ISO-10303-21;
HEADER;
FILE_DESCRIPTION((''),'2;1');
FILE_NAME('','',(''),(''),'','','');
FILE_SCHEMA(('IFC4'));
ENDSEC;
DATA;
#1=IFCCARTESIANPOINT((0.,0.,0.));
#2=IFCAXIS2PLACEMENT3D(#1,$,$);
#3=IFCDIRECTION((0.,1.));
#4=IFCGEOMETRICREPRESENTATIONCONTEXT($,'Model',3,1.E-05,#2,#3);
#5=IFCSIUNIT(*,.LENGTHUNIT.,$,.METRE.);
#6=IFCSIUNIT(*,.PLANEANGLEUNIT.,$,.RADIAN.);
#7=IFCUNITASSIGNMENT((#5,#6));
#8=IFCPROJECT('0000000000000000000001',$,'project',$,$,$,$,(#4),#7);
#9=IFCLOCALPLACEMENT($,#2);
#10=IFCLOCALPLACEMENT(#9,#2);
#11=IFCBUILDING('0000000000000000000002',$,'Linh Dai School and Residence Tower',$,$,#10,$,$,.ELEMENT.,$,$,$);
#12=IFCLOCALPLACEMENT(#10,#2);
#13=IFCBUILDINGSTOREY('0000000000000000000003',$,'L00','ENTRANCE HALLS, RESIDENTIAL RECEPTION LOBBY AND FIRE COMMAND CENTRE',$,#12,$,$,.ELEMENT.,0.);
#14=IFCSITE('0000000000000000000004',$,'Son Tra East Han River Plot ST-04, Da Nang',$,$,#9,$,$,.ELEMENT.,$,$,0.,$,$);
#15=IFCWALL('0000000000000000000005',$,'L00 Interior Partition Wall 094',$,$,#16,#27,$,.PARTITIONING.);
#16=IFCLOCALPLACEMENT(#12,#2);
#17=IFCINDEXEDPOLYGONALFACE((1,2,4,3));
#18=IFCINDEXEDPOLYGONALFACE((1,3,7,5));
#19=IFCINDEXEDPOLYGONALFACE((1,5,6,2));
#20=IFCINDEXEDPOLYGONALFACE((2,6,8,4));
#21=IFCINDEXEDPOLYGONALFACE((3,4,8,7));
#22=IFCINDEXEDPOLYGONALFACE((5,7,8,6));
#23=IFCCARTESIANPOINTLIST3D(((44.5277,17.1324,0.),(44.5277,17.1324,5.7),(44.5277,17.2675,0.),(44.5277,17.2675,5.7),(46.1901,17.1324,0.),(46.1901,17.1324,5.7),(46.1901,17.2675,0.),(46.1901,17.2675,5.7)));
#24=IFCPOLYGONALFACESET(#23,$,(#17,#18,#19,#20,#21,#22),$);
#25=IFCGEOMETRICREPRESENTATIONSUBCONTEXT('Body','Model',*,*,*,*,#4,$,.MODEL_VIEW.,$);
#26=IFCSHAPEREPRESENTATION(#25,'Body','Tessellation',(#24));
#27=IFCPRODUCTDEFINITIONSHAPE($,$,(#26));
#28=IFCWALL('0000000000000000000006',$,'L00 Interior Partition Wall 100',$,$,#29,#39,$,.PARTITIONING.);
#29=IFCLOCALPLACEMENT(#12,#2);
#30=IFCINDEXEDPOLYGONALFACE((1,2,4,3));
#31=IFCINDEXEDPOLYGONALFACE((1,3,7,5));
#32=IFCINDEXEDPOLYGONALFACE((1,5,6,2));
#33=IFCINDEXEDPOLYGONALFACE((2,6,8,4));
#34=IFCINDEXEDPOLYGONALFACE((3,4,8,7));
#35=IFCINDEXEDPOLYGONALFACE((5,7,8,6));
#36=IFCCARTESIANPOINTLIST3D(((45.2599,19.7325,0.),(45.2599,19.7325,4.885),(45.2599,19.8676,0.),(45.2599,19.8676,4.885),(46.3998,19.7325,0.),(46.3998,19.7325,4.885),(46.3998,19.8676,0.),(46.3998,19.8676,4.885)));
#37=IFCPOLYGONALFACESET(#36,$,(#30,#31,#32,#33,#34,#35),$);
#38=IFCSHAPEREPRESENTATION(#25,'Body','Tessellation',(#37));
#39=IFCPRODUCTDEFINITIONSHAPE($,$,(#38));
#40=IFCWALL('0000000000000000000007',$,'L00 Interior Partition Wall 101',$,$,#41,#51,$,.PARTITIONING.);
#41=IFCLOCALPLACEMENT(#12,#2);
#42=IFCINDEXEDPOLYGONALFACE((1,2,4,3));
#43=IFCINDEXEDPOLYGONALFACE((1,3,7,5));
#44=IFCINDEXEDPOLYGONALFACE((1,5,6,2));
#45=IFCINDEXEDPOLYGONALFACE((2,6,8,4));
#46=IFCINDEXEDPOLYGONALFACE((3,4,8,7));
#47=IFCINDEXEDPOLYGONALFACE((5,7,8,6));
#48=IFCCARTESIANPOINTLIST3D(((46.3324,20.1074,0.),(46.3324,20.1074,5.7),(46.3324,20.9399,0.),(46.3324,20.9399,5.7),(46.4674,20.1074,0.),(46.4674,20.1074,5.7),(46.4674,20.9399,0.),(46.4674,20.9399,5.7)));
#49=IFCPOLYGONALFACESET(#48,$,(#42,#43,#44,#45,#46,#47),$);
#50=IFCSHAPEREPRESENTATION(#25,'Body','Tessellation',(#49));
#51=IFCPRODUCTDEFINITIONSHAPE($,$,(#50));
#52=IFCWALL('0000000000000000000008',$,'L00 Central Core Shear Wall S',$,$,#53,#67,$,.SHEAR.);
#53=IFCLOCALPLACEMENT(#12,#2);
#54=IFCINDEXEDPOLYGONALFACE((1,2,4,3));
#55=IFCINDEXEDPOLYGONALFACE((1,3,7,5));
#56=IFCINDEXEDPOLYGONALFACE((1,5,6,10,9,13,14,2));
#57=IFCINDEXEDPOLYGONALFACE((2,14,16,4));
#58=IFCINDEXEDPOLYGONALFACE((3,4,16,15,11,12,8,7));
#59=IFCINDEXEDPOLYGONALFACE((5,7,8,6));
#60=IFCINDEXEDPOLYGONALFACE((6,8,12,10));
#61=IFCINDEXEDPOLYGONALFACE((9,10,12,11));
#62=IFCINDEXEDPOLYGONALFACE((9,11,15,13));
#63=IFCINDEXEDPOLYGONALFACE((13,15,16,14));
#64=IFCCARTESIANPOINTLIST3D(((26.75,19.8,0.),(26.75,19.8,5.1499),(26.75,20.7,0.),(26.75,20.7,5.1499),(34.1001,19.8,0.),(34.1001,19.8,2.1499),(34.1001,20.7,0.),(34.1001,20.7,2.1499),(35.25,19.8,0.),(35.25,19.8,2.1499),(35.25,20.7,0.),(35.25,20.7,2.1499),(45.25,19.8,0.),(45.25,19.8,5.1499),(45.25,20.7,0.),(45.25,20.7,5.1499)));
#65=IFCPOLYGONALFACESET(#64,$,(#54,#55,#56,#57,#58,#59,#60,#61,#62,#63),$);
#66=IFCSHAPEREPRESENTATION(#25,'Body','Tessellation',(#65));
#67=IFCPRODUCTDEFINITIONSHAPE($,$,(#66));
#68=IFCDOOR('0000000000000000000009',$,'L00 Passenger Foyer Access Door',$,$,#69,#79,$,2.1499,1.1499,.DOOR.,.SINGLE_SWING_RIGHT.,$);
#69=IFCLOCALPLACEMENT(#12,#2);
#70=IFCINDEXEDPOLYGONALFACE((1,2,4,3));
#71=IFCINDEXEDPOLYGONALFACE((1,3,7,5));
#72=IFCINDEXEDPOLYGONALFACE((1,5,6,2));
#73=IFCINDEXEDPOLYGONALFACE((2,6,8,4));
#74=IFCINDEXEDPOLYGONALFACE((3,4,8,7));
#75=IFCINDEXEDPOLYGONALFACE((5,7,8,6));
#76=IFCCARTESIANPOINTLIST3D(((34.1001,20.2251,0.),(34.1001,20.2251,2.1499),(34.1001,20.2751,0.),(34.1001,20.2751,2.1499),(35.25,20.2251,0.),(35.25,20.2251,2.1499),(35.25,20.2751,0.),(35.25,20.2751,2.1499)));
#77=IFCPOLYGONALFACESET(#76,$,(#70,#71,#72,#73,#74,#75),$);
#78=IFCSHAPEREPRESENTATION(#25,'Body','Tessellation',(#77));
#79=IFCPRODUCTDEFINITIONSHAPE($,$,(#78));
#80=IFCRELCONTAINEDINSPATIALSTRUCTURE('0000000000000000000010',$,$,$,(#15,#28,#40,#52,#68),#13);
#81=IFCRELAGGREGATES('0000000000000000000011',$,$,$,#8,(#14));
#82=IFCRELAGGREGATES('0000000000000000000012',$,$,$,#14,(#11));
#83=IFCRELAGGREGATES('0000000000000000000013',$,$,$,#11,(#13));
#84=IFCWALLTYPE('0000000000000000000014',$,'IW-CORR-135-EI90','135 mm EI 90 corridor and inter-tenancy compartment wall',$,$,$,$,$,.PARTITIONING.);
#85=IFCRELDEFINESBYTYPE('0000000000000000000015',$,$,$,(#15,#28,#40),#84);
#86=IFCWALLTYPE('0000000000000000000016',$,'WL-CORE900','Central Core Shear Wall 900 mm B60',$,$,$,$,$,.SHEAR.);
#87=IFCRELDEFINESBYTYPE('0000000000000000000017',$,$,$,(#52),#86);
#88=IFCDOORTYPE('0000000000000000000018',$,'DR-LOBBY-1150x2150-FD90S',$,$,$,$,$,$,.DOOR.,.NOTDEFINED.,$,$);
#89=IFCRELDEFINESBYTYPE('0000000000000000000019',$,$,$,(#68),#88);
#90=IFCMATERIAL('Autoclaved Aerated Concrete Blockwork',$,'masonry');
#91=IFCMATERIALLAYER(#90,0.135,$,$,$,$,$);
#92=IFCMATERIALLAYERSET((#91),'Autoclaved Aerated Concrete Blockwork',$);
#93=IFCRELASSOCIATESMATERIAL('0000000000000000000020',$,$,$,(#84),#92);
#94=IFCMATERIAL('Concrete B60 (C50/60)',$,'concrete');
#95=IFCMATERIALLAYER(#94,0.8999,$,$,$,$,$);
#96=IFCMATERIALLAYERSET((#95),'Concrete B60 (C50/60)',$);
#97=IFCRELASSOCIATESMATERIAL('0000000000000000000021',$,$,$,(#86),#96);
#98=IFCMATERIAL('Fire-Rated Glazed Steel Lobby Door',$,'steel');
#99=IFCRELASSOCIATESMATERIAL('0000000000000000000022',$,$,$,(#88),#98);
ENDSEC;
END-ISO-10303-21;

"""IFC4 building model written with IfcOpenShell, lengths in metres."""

from ifc_helpers import new_model, si_unit, direction, frame, frame_2d, origin, origin_2d, place, context, subcontext, project, spatial, rectangle, extrude, source, transform, mapped, material, layer, layer_set, type_object, element, fill, save


model = new_model("IFC4")

# Units and contexts
model_context = context("Model", 3, precision=1e-05, world=origin(), true_north=direction((0.0, 1.0)))
body_context = subcontext(model_context, "Body", "Model", "MODEL_VIEW")
ifc_project = project(units=[si_unit("LENGTHUNIT", "METRE"), si_unit("PLANEANGLEUNIT", "RADIAN")], contexts=[model_context])

# Site, building, storey
site_placement = place(None, origin())
site = spatial("IfcSite", under=ifc_project, at=site_placement, Name="Son Tra East Han River Plot ST-04, Da Nang", CompositionType="ELEMENT", RefElevation=0.0)
building_placement = place(site_placement, origin())
building = spatial("IfcBuilding", under=site, at=building_placement, Name="Linh Dai School and Residence Tower", CompositionType="ELEMENT")
storey_placement = place(building_placement, origin())
storey = spatial("IfcBuildingStorey", under=building, at=storey_placement, Name="L00", Description="ENTRANCE HALLS, RESIDENTIAL RECEPTION LOBBY AND FIRE COMMAND CENTRE", CompositionType="ELEMENT", Elevation=0.0)

# Shared definitions
ifc_material_1 = material(Name="Concrete B60 (C50/60)", Category="concrete")

# Shared definitions
ifc_material_2 = material(Name="Autoclaved Aerated Concrete Blockwork", Category="masonry")
ifc_layer_1 = layer(ifc_material_2, 0.135)
ifc_layer_set_1 = layer_set([ifc_layer_1], Name="Autoclaved Aerated Concrete Blockwork")
wall_type_1 = type_object("IfcWallType", Name="IW-CORR-135-EI90", Description="135 mm EI 90 corridor and inter-tenancy compartment wall", PredefinedType="PARTITIONING", material=ifc_layer_set_1)

# Walls
wall_1_placement = place(storey_placement, frame((46.1899, 17.2, 0.0), z_axis=(0.0, 0.0, 1.0), x_axis=(-1.0, 0.0, 0.0)))
element("IfcWall", 1, at=wall_1_placement, inside=storey, type_object=wall_type_1, Name="L00 Interior Partition Wall 094", PredefinedType="PARTITIONING", context=body_context, shape_type="SweptSolid", body=[
    extrude(rectangle(XDim=1.6624, YDim=0.135, at=frame_2d((0.8311, 0.0))), origin(), (0.0, 0.0, 1.0), 5.7),
])
wall_2_placement = place(storey_placement, frame((45.26, 19.8, 0.0), z_axis=(0.0, 0.0, 1.0), x_axis=(1.0, 0.0, 0.0)))
element("IfcWall", 2, at=wall_2_placement, inside=storey, type_object=wall_type_1, Name="L00 Interior Partition Wall 100", PredefinedType="PARTITIONING", context=body_context, shape_type="SweptSolid", body=[
    extrude(rectangle(XDim=1.1399, YDim=0.135, at=frame_2d((0.5698, 0.0))), origin(), (0.0, 0.0, 1.0), 4.885),
])
wall_3_placement = place(storey_placement, frame((46.3999, 20.1074, 0.0), z_axis=(0.0, 0.0, 1.0), x_axis=(0.0, 1.0, 0.0)))
element("IfcWall", 3, at=wall_3_placement, inside=storey, type_object=wall_type_1, Name="L00 Interior Partition Wall 101", PredefinedType="PARTITIONING", context=body_context, shape_type="SweptSolid", body=[
    extrude(rectangle(XDim=0.8325, YDim=0.135, at=frame_2d((0.4163, 0.0))), origin(), (0.0, 0.0, 1.0), 5.7),
])

# Wall, opening, door
ifc_layer_2 = layer(ifc_material_1, 0.8999)
ifc_layer_set_2 = layer_set([ifc_layer_2], Name="Concrete B60 (C50/60)")
wall_type_2 = type_object("IfcWallType", Name="WL-CORE900", Description="Central Core Shear Wall 900 mm B60", PredefinedType="SHEAR", material=ifc_layer_set_2)
wall_4_placement = place(storey_placement, frame((45.25, 20.25, 0.0), z_axis=(0.0, 0.0, 1.0), x_axis=(-1.0, 0.0, 0.0)))
wall_4 = element("IfcWall", 4, at=wall_4_placement, inside=storey, type_object=wall_type_2, Name="L00 Central Core Shear Wall S", PredefinedType="SHEAR", context=body_context, shape_type="SweptSolid", body=[
    extrude(rectangle(XDim=18.5, YDim=0.8999, at=frame_2d((9.25, 0.0))), origin(), (0.0, 0.0, 1.0), 5.1499),
])
opening_1_placement = place(wall_4_placement, frame((10.0, 0.0, 0.0)))
opening_1 = element("IfcOpeningElement", 5, at=opening_1_placement, cuts=wall_4, PredefinedType="OPENING", context=body_context, shape_type="SweptSolid", body=[
    extrude(rectangle(XDim=1.1499, YDim=2.1499, at=origin_2d()), frame((0.575, 0.46, 1.075), z_axis=(0.0, -1.0, 0.0), x_axis=(1.0, 0.0, 0.0)), (0.0, 0.0, 1.0), 0.9199),
])
ifc_material_3 = material(Name="Fire-Rated Glazed Steel Lobby Door", Category="steel")
door_type_1 = type_object("IfcDoorType", Name="DR-LOBBY-1150x2150-FD90S", OperationType="NOTDEFINED", PredefinedType="DOOR", material=ifc_material_3)
shared_shape_1 = source(origin(), body_context, "Body", "SweptSolid", [
    extrude(rectangle(XDim=1.1499, YDim=2.1499, at=origin_2d()), frame((0.575, 0.0249, 1.075), z_axis=(0.0, -1.0, 0.0), x_axis=(1.0, 0.0, 0.0)), (0.0, 0.0, 1.0), 0.05),
])
door_1_placement = place(opening_1_placement, origin())
door_1 = element("IfcDoor", 6, at=door_1_placement, inside=storey, type_object=door_type_1, Name="L00 Passenger Foyer Access Door", OperationType="SINGLE_SWING_RIGHT", OverallHeight=2.1499, OverallWidth=1.1499, PredefinedType="DOOR", context=body_context, shape_type="MappedRepresentation", body=[
    mapped(shared_shape_1, transform((0.0, 0.0, 0.0), x_axis=(1.0, 0.0, 0.0), y_axis=(0.0, 1.0, 0.0), z_axis=(0.0, 0.0, 1.0), scale=1.0)),
])
fill(opening_1, door_1)

save(model, "model.ifc")
